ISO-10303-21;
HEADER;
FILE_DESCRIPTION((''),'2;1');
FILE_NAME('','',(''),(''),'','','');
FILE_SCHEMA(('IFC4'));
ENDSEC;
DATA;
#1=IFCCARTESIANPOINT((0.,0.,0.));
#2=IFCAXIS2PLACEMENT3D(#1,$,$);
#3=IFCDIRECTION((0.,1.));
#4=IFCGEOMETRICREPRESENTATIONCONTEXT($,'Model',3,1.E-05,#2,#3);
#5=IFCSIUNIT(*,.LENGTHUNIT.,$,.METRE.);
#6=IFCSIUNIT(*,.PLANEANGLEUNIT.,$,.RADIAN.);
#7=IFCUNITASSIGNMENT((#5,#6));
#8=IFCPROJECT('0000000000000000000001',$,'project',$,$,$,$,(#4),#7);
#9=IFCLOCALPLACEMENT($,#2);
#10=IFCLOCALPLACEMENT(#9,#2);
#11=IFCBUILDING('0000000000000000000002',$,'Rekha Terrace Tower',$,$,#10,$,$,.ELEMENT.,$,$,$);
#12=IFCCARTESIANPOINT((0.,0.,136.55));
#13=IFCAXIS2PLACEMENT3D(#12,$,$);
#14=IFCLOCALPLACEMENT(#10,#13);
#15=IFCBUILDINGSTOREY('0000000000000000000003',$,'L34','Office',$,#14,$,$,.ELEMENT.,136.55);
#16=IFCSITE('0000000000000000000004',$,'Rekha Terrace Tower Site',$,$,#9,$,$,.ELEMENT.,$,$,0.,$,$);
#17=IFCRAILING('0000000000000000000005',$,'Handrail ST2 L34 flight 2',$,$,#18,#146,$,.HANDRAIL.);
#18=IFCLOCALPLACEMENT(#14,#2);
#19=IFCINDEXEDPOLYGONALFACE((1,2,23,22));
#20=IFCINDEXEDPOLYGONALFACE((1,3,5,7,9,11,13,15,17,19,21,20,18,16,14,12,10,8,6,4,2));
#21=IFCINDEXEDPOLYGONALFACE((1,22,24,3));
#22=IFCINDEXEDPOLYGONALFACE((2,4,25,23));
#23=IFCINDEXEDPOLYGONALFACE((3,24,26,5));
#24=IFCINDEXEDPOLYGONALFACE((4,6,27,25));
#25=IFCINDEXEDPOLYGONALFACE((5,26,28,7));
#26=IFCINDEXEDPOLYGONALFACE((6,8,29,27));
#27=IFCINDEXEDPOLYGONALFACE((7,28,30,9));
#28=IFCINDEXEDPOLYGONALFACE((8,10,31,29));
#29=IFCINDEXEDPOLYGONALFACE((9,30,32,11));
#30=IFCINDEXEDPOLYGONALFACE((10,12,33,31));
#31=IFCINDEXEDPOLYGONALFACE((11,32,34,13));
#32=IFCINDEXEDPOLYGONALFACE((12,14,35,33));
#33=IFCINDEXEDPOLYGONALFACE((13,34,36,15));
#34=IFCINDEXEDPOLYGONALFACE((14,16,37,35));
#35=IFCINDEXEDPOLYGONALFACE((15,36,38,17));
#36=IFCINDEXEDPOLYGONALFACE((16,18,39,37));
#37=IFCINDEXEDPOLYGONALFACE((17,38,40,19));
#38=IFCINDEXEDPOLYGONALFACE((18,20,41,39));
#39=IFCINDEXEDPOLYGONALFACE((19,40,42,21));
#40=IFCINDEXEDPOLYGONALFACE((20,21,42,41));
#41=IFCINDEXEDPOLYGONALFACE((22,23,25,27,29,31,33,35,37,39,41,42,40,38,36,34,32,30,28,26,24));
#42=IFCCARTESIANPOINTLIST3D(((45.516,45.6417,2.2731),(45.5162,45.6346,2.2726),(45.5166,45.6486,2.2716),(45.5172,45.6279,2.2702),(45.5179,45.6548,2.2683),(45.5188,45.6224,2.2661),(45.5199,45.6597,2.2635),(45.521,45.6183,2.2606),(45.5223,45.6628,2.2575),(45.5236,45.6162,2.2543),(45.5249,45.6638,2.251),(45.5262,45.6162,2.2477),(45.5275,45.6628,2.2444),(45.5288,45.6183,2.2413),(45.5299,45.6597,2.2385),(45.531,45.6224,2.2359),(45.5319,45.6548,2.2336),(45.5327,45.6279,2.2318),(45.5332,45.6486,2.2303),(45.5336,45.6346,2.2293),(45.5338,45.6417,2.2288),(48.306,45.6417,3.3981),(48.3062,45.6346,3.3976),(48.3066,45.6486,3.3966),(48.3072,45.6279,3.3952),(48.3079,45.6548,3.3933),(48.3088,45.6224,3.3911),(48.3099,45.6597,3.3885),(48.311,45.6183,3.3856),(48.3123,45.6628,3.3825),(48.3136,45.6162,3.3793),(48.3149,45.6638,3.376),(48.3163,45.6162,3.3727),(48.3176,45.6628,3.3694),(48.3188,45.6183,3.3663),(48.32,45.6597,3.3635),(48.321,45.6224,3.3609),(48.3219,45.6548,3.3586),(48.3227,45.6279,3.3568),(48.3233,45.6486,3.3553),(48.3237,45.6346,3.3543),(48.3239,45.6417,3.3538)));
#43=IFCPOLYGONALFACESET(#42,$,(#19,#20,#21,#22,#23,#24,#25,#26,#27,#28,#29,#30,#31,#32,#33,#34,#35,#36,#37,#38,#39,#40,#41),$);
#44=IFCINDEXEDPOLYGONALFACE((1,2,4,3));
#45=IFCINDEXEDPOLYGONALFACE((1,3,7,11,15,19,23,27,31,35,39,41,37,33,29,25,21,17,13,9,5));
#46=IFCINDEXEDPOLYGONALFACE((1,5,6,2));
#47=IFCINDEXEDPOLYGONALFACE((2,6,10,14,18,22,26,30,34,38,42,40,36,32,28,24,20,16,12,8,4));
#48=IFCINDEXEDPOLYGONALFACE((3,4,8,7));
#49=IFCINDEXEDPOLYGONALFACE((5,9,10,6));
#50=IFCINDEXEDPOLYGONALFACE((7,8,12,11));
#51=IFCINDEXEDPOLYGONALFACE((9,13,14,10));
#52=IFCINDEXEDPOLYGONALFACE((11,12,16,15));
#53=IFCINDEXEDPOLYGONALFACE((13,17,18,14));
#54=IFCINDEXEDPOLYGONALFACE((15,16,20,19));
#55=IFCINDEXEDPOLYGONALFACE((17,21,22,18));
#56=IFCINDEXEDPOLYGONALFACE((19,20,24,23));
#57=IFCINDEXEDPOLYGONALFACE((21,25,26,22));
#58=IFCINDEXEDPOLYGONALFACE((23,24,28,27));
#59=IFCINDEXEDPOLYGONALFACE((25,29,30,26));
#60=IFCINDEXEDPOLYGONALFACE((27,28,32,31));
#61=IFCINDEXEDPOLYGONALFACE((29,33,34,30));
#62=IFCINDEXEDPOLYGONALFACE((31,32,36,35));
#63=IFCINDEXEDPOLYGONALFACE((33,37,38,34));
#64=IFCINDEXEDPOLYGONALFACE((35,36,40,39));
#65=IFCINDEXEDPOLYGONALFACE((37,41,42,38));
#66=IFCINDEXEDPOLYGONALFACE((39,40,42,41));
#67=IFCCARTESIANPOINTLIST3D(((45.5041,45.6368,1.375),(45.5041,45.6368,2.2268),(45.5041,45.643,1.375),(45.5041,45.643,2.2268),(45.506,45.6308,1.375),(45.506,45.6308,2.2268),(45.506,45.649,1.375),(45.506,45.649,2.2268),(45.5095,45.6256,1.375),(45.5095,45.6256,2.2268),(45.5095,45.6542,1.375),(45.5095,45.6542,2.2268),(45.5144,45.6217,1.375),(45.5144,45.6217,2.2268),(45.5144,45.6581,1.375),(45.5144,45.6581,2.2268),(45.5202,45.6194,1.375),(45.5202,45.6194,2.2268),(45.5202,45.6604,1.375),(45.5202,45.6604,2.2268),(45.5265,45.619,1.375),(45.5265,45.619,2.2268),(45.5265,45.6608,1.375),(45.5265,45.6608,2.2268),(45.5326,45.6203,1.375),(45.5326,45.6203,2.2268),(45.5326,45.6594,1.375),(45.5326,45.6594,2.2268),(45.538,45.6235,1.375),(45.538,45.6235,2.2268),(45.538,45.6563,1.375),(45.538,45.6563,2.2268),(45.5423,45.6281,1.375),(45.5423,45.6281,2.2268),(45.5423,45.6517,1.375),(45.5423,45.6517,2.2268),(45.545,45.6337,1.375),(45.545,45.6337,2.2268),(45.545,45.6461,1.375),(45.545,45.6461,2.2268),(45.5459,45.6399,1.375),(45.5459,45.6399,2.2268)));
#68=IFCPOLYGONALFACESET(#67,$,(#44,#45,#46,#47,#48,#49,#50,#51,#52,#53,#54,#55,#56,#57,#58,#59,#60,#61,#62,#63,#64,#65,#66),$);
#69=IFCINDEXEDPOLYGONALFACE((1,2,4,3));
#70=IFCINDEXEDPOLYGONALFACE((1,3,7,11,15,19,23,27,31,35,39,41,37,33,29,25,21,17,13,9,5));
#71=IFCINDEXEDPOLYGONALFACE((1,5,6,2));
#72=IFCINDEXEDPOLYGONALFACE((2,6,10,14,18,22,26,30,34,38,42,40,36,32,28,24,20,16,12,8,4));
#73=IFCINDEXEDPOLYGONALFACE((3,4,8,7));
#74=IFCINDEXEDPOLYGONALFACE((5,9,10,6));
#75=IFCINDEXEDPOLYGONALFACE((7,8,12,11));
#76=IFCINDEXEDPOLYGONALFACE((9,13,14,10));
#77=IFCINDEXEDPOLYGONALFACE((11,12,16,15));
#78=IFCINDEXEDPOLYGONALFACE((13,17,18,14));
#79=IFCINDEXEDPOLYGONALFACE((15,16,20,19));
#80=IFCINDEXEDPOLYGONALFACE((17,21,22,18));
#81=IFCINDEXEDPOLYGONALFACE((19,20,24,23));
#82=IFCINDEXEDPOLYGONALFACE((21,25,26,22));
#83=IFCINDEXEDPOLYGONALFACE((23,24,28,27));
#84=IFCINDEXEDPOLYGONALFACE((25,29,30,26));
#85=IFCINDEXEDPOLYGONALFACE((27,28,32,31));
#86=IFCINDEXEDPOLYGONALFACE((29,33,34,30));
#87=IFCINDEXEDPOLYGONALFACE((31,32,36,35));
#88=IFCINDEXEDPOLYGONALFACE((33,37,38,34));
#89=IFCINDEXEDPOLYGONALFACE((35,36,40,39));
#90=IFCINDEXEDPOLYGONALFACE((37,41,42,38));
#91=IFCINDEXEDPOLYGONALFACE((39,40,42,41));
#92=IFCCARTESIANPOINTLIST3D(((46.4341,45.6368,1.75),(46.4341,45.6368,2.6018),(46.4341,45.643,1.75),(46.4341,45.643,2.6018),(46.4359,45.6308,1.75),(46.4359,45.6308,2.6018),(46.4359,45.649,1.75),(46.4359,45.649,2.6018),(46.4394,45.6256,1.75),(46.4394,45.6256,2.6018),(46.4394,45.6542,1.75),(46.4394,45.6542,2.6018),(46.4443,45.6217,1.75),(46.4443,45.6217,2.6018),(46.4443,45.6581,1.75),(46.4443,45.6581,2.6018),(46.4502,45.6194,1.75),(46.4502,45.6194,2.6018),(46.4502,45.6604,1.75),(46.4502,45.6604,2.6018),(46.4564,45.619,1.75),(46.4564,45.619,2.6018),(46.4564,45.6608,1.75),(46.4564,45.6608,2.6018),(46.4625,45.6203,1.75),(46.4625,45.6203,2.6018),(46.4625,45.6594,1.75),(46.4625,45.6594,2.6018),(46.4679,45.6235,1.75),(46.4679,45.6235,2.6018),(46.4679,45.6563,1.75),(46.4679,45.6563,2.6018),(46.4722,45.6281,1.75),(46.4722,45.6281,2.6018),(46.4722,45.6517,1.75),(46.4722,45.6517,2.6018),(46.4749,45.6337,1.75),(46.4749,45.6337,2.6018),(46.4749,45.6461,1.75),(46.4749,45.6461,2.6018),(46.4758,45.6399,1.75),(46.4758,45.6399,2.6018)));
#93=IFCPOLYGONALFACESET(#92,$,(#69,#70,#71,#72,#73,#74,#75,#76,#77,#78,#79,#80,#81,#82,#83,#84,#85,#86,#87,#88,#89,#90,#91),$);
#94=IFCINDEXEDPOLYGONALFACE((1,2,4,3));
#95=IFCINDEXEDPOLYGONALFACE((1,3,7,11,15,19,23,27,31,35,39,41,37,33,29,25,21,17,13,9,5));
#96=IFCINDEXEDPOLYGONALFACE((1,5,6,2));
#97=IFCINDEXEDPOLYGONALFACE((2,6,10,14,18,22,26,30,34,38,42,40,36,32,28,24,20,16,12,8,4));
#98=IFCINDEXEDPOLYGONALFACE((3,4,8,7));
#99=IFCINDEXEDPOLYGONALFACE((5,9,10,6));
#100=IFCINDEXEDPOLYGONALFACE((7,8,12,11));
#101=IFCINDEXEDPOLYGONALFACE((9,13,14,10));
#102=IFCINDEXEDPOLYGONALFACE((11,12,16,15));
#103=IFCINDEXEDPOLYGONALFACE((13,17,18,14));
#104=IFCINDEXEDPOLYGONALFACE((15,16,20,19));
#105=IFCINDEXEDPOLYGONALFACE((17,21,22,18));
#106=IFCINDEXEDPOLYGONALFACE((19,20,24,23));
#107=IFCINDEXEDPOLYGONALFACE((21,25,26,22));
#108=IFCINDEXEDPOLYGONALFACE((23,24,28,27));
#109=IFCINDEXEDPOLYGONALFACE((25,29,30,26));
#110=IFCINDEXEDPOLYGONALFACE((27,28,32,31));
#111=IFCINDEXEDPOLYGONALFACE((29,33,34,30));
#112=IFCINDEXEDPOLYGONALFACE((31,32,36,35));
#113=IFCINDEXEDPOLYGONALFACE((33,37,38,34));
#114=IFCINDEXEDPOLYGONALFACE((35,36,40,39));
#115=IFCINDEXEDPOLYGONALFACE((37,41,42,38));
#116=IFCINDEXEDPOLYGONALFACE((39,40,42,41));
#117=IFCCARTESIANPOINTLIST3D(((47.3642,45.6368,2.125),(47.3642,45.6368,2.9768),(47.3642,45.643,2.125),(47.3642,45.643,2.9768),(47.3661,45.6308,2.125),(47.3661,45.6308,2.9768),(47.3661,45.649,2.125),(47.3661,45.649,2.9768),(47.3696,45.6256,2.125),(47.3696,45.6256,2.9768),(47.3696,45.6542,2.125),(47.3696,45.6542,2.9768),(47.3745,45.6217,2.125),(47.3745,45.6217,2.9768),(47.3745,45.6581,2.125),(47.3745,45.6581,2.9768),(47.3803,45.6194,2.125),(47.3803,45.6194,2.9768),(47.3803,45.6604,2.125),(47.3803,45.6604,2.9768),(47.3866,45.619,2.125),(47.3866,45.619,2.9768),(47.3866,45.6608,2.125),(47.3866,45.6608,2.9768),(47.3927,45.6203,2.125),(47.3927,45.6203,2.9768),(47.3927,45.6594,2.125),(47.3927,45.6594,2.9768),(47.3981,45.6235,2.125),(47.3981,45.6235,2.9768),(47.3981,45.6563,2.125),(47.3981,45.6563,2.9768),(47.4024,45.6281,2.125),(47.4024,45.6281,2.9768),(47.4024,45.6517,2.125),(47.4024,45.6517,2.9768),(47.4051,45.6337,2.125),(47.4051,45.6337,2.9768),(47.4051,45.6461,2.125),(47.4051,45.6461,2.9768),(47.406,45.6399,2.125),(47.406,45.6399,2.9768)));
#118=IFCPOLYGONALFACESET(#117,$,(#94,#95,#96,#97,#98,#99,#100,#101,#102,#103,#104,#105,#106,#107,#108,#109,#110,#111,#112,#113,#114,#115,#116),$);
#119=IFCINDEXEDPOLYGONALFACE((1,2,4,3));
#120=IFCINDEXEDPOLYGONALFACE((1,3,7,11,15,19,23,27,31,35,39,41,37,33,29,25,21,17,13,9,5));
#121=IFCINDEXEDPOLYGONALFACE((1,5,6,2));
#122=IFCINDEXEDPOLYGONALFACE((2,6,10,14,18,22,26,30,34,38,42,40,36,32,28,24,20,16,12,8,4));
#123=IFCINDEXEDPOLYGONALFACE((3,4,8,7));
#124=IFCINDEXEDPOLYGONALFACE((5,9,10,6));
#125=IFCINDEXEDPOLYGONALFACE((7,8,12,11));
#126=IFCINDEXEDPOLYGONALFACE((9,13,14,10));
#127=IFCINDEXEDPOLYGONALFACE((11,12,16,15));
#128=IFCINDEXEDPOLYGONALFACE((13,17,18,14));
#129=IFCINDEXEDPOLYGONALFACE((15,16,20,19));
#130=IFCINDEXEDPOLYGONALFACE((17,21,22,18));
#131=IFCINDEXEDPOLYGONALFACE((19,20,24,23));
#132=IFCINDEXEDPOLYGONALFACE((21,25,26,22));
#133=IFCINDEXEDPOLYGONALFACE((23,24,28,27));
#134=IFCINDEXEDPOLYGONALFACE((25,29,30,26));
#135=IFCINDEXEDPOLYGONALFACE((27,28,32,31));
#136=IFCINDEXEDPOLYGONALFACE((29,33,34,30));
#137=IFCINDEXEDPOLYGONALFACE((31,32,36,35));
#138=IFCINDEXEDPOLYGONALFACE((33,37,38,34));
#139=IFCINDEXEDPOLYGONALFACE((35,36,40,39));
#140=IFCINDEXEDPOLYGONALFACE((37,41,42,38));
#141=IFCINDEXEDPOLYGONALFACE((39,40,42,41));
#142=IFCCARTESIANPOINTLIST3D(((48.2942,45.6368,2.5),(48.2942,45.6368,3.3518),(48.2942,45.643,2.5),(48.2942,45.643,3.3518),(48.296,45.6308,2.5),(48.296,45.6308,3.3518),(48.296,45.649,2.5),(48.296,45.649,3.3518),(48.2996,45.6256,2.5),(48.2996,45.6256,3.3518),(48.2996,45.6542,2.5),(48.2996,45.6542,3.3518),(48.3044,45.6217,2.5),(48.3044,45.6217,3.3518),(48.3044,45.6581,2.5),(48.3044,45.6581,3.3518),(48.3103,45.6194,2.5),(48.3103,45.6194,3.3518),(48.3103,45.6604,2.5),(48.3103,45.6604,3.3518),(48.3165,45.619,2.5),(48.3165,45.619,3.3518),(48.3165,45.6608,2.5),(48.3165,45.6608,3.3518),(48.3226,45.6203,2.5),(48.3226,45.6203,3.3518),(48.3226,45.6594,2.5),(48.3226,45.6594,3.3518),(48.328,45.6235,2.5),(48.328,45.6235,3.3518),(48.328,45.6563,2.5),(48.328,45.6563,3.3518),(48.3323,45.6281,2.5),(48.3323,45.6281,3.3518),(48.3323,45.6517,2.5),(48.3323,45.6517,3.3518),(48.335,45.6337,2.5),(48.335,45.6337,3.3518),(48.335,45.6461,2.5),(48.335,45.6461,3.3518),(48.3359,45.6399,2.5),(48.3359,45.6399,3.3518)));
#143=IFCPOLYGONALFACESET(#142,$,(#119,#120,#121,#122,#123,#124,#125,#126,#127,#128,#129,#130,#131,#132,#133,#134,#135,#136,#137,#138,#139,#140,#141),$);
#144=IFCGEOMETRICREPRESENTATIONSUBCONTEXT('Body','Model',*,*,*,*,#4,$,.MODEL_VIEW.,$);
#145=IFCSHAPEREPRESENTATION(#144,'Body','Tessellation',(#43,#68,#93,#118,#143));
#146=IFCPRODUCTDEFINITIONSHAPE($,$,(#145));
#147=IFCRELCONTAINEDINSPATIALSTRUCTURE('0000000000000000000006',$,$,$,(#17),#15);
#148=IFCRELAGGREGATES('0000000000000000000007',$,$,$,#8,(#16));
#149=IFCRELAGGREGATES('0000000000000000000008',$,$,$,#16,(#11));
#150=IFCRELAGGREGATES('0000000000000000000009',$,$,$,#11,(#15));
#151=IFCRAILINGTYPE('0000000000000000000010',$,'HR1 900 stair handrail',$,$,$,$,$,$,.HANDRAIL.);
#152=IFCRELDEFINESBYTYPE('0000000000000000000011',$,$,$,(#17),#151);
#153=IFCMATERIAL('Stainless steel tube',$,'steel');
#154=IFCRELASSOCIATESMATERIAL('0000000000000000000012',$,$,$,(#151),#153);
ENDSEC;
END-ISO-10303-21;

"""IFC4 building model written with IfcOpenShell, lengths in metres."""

from ifc_helpers import new_model, si_unit, direction, frame, origin, origin_2d, place, context, subcontext, project, spatial, circle, extrude, material, type_object, element, save


model = new_model("IFC4")

# Units and contexts
model_context = context("Model", 3, precision=1e-05, world=origin(), true_north=direction((0.0, 1.0)))
body_context = subcontext(model_context, "Body", "Model", "MODEL_VIEW")
ifc_project = project(units=[si_unit("LENGTHUNIT", "METRE"), si_unit("PLANEANGLEUNIT", "RADIAN")], contexts=[model_context])

# Site, building, storey
site_placement = place(None, origin())
site = spatial("IfcSite", under=ifc_project, at=site_placement, Name="Rekha Terrace Tower Site", CompositionType="ELEMENT", RefElevation=0.0)
building_placement = place(site_placement, origin())
building = spatial("IfcBuilding", under=site, at=building_placement, Name="Rekha Terrace Tower", CompositionType="ELEMENT")
storey_placement = place(building_placement, frame((0.0, 0.0, 136.55)))
storey = spatial("IfcBuildingStorey", under=building, at=storey_placement, Name="L34", Description="Office", CompositionType="ELEMENT", Elevation=136.55)

# Railing
ifc_material_1 = material(Name="Stainless steel tube", Category="steel")
railing_type = type_object("IfcRailingType", Name="HR1 900 stair handrail", PredefinedType="HANDRAIL", material=ifc_material_1)
railing_placement = place(storey_placement, frame((45.5249, 45.6399, 1.375)))
element("IfcRailing", 1, at=railing_placement, inside=storey, type_object=railing_type, Name="Handrail ST2 L34 flight 2", PredefinedType="HANDRAIL", context=body_context, shape_type="SweptSolid", body=[
    extrude(circle(Radius=0.0239, at=origin_2d()), frame((0.0, 0.0, 0.876), z_axis=(0.927443, 0.0, 0.373964), x_axis=(0.0, 1.0, 0.0)), (0.0, 0.0, 1.0), 3.0083),
    extrude(circle(Radius=0.021, at=origin_2d()), origin(), (0.0, 0.0, 1.0), 0.8518),
    extrude(circle(Radius=0.021, at=origin_2d()), frame((0.9299, 0.0, 0.375)), (0.0, 0.0, 1.0), 0.8518),
    extrude(circle(Radius=0.021, at=origin_2d()), frame((1.8601, 0.0, 0.75)), (0.0, 0.0, 1.0), 0.8518),
    extrude(circle(Radius=0.021, at=origin_2d()), frame((2.79, 0.0, 1.125)), (0.0, 0.0, 1.0), 0.8518),
])

save(model, "model.ifc")
